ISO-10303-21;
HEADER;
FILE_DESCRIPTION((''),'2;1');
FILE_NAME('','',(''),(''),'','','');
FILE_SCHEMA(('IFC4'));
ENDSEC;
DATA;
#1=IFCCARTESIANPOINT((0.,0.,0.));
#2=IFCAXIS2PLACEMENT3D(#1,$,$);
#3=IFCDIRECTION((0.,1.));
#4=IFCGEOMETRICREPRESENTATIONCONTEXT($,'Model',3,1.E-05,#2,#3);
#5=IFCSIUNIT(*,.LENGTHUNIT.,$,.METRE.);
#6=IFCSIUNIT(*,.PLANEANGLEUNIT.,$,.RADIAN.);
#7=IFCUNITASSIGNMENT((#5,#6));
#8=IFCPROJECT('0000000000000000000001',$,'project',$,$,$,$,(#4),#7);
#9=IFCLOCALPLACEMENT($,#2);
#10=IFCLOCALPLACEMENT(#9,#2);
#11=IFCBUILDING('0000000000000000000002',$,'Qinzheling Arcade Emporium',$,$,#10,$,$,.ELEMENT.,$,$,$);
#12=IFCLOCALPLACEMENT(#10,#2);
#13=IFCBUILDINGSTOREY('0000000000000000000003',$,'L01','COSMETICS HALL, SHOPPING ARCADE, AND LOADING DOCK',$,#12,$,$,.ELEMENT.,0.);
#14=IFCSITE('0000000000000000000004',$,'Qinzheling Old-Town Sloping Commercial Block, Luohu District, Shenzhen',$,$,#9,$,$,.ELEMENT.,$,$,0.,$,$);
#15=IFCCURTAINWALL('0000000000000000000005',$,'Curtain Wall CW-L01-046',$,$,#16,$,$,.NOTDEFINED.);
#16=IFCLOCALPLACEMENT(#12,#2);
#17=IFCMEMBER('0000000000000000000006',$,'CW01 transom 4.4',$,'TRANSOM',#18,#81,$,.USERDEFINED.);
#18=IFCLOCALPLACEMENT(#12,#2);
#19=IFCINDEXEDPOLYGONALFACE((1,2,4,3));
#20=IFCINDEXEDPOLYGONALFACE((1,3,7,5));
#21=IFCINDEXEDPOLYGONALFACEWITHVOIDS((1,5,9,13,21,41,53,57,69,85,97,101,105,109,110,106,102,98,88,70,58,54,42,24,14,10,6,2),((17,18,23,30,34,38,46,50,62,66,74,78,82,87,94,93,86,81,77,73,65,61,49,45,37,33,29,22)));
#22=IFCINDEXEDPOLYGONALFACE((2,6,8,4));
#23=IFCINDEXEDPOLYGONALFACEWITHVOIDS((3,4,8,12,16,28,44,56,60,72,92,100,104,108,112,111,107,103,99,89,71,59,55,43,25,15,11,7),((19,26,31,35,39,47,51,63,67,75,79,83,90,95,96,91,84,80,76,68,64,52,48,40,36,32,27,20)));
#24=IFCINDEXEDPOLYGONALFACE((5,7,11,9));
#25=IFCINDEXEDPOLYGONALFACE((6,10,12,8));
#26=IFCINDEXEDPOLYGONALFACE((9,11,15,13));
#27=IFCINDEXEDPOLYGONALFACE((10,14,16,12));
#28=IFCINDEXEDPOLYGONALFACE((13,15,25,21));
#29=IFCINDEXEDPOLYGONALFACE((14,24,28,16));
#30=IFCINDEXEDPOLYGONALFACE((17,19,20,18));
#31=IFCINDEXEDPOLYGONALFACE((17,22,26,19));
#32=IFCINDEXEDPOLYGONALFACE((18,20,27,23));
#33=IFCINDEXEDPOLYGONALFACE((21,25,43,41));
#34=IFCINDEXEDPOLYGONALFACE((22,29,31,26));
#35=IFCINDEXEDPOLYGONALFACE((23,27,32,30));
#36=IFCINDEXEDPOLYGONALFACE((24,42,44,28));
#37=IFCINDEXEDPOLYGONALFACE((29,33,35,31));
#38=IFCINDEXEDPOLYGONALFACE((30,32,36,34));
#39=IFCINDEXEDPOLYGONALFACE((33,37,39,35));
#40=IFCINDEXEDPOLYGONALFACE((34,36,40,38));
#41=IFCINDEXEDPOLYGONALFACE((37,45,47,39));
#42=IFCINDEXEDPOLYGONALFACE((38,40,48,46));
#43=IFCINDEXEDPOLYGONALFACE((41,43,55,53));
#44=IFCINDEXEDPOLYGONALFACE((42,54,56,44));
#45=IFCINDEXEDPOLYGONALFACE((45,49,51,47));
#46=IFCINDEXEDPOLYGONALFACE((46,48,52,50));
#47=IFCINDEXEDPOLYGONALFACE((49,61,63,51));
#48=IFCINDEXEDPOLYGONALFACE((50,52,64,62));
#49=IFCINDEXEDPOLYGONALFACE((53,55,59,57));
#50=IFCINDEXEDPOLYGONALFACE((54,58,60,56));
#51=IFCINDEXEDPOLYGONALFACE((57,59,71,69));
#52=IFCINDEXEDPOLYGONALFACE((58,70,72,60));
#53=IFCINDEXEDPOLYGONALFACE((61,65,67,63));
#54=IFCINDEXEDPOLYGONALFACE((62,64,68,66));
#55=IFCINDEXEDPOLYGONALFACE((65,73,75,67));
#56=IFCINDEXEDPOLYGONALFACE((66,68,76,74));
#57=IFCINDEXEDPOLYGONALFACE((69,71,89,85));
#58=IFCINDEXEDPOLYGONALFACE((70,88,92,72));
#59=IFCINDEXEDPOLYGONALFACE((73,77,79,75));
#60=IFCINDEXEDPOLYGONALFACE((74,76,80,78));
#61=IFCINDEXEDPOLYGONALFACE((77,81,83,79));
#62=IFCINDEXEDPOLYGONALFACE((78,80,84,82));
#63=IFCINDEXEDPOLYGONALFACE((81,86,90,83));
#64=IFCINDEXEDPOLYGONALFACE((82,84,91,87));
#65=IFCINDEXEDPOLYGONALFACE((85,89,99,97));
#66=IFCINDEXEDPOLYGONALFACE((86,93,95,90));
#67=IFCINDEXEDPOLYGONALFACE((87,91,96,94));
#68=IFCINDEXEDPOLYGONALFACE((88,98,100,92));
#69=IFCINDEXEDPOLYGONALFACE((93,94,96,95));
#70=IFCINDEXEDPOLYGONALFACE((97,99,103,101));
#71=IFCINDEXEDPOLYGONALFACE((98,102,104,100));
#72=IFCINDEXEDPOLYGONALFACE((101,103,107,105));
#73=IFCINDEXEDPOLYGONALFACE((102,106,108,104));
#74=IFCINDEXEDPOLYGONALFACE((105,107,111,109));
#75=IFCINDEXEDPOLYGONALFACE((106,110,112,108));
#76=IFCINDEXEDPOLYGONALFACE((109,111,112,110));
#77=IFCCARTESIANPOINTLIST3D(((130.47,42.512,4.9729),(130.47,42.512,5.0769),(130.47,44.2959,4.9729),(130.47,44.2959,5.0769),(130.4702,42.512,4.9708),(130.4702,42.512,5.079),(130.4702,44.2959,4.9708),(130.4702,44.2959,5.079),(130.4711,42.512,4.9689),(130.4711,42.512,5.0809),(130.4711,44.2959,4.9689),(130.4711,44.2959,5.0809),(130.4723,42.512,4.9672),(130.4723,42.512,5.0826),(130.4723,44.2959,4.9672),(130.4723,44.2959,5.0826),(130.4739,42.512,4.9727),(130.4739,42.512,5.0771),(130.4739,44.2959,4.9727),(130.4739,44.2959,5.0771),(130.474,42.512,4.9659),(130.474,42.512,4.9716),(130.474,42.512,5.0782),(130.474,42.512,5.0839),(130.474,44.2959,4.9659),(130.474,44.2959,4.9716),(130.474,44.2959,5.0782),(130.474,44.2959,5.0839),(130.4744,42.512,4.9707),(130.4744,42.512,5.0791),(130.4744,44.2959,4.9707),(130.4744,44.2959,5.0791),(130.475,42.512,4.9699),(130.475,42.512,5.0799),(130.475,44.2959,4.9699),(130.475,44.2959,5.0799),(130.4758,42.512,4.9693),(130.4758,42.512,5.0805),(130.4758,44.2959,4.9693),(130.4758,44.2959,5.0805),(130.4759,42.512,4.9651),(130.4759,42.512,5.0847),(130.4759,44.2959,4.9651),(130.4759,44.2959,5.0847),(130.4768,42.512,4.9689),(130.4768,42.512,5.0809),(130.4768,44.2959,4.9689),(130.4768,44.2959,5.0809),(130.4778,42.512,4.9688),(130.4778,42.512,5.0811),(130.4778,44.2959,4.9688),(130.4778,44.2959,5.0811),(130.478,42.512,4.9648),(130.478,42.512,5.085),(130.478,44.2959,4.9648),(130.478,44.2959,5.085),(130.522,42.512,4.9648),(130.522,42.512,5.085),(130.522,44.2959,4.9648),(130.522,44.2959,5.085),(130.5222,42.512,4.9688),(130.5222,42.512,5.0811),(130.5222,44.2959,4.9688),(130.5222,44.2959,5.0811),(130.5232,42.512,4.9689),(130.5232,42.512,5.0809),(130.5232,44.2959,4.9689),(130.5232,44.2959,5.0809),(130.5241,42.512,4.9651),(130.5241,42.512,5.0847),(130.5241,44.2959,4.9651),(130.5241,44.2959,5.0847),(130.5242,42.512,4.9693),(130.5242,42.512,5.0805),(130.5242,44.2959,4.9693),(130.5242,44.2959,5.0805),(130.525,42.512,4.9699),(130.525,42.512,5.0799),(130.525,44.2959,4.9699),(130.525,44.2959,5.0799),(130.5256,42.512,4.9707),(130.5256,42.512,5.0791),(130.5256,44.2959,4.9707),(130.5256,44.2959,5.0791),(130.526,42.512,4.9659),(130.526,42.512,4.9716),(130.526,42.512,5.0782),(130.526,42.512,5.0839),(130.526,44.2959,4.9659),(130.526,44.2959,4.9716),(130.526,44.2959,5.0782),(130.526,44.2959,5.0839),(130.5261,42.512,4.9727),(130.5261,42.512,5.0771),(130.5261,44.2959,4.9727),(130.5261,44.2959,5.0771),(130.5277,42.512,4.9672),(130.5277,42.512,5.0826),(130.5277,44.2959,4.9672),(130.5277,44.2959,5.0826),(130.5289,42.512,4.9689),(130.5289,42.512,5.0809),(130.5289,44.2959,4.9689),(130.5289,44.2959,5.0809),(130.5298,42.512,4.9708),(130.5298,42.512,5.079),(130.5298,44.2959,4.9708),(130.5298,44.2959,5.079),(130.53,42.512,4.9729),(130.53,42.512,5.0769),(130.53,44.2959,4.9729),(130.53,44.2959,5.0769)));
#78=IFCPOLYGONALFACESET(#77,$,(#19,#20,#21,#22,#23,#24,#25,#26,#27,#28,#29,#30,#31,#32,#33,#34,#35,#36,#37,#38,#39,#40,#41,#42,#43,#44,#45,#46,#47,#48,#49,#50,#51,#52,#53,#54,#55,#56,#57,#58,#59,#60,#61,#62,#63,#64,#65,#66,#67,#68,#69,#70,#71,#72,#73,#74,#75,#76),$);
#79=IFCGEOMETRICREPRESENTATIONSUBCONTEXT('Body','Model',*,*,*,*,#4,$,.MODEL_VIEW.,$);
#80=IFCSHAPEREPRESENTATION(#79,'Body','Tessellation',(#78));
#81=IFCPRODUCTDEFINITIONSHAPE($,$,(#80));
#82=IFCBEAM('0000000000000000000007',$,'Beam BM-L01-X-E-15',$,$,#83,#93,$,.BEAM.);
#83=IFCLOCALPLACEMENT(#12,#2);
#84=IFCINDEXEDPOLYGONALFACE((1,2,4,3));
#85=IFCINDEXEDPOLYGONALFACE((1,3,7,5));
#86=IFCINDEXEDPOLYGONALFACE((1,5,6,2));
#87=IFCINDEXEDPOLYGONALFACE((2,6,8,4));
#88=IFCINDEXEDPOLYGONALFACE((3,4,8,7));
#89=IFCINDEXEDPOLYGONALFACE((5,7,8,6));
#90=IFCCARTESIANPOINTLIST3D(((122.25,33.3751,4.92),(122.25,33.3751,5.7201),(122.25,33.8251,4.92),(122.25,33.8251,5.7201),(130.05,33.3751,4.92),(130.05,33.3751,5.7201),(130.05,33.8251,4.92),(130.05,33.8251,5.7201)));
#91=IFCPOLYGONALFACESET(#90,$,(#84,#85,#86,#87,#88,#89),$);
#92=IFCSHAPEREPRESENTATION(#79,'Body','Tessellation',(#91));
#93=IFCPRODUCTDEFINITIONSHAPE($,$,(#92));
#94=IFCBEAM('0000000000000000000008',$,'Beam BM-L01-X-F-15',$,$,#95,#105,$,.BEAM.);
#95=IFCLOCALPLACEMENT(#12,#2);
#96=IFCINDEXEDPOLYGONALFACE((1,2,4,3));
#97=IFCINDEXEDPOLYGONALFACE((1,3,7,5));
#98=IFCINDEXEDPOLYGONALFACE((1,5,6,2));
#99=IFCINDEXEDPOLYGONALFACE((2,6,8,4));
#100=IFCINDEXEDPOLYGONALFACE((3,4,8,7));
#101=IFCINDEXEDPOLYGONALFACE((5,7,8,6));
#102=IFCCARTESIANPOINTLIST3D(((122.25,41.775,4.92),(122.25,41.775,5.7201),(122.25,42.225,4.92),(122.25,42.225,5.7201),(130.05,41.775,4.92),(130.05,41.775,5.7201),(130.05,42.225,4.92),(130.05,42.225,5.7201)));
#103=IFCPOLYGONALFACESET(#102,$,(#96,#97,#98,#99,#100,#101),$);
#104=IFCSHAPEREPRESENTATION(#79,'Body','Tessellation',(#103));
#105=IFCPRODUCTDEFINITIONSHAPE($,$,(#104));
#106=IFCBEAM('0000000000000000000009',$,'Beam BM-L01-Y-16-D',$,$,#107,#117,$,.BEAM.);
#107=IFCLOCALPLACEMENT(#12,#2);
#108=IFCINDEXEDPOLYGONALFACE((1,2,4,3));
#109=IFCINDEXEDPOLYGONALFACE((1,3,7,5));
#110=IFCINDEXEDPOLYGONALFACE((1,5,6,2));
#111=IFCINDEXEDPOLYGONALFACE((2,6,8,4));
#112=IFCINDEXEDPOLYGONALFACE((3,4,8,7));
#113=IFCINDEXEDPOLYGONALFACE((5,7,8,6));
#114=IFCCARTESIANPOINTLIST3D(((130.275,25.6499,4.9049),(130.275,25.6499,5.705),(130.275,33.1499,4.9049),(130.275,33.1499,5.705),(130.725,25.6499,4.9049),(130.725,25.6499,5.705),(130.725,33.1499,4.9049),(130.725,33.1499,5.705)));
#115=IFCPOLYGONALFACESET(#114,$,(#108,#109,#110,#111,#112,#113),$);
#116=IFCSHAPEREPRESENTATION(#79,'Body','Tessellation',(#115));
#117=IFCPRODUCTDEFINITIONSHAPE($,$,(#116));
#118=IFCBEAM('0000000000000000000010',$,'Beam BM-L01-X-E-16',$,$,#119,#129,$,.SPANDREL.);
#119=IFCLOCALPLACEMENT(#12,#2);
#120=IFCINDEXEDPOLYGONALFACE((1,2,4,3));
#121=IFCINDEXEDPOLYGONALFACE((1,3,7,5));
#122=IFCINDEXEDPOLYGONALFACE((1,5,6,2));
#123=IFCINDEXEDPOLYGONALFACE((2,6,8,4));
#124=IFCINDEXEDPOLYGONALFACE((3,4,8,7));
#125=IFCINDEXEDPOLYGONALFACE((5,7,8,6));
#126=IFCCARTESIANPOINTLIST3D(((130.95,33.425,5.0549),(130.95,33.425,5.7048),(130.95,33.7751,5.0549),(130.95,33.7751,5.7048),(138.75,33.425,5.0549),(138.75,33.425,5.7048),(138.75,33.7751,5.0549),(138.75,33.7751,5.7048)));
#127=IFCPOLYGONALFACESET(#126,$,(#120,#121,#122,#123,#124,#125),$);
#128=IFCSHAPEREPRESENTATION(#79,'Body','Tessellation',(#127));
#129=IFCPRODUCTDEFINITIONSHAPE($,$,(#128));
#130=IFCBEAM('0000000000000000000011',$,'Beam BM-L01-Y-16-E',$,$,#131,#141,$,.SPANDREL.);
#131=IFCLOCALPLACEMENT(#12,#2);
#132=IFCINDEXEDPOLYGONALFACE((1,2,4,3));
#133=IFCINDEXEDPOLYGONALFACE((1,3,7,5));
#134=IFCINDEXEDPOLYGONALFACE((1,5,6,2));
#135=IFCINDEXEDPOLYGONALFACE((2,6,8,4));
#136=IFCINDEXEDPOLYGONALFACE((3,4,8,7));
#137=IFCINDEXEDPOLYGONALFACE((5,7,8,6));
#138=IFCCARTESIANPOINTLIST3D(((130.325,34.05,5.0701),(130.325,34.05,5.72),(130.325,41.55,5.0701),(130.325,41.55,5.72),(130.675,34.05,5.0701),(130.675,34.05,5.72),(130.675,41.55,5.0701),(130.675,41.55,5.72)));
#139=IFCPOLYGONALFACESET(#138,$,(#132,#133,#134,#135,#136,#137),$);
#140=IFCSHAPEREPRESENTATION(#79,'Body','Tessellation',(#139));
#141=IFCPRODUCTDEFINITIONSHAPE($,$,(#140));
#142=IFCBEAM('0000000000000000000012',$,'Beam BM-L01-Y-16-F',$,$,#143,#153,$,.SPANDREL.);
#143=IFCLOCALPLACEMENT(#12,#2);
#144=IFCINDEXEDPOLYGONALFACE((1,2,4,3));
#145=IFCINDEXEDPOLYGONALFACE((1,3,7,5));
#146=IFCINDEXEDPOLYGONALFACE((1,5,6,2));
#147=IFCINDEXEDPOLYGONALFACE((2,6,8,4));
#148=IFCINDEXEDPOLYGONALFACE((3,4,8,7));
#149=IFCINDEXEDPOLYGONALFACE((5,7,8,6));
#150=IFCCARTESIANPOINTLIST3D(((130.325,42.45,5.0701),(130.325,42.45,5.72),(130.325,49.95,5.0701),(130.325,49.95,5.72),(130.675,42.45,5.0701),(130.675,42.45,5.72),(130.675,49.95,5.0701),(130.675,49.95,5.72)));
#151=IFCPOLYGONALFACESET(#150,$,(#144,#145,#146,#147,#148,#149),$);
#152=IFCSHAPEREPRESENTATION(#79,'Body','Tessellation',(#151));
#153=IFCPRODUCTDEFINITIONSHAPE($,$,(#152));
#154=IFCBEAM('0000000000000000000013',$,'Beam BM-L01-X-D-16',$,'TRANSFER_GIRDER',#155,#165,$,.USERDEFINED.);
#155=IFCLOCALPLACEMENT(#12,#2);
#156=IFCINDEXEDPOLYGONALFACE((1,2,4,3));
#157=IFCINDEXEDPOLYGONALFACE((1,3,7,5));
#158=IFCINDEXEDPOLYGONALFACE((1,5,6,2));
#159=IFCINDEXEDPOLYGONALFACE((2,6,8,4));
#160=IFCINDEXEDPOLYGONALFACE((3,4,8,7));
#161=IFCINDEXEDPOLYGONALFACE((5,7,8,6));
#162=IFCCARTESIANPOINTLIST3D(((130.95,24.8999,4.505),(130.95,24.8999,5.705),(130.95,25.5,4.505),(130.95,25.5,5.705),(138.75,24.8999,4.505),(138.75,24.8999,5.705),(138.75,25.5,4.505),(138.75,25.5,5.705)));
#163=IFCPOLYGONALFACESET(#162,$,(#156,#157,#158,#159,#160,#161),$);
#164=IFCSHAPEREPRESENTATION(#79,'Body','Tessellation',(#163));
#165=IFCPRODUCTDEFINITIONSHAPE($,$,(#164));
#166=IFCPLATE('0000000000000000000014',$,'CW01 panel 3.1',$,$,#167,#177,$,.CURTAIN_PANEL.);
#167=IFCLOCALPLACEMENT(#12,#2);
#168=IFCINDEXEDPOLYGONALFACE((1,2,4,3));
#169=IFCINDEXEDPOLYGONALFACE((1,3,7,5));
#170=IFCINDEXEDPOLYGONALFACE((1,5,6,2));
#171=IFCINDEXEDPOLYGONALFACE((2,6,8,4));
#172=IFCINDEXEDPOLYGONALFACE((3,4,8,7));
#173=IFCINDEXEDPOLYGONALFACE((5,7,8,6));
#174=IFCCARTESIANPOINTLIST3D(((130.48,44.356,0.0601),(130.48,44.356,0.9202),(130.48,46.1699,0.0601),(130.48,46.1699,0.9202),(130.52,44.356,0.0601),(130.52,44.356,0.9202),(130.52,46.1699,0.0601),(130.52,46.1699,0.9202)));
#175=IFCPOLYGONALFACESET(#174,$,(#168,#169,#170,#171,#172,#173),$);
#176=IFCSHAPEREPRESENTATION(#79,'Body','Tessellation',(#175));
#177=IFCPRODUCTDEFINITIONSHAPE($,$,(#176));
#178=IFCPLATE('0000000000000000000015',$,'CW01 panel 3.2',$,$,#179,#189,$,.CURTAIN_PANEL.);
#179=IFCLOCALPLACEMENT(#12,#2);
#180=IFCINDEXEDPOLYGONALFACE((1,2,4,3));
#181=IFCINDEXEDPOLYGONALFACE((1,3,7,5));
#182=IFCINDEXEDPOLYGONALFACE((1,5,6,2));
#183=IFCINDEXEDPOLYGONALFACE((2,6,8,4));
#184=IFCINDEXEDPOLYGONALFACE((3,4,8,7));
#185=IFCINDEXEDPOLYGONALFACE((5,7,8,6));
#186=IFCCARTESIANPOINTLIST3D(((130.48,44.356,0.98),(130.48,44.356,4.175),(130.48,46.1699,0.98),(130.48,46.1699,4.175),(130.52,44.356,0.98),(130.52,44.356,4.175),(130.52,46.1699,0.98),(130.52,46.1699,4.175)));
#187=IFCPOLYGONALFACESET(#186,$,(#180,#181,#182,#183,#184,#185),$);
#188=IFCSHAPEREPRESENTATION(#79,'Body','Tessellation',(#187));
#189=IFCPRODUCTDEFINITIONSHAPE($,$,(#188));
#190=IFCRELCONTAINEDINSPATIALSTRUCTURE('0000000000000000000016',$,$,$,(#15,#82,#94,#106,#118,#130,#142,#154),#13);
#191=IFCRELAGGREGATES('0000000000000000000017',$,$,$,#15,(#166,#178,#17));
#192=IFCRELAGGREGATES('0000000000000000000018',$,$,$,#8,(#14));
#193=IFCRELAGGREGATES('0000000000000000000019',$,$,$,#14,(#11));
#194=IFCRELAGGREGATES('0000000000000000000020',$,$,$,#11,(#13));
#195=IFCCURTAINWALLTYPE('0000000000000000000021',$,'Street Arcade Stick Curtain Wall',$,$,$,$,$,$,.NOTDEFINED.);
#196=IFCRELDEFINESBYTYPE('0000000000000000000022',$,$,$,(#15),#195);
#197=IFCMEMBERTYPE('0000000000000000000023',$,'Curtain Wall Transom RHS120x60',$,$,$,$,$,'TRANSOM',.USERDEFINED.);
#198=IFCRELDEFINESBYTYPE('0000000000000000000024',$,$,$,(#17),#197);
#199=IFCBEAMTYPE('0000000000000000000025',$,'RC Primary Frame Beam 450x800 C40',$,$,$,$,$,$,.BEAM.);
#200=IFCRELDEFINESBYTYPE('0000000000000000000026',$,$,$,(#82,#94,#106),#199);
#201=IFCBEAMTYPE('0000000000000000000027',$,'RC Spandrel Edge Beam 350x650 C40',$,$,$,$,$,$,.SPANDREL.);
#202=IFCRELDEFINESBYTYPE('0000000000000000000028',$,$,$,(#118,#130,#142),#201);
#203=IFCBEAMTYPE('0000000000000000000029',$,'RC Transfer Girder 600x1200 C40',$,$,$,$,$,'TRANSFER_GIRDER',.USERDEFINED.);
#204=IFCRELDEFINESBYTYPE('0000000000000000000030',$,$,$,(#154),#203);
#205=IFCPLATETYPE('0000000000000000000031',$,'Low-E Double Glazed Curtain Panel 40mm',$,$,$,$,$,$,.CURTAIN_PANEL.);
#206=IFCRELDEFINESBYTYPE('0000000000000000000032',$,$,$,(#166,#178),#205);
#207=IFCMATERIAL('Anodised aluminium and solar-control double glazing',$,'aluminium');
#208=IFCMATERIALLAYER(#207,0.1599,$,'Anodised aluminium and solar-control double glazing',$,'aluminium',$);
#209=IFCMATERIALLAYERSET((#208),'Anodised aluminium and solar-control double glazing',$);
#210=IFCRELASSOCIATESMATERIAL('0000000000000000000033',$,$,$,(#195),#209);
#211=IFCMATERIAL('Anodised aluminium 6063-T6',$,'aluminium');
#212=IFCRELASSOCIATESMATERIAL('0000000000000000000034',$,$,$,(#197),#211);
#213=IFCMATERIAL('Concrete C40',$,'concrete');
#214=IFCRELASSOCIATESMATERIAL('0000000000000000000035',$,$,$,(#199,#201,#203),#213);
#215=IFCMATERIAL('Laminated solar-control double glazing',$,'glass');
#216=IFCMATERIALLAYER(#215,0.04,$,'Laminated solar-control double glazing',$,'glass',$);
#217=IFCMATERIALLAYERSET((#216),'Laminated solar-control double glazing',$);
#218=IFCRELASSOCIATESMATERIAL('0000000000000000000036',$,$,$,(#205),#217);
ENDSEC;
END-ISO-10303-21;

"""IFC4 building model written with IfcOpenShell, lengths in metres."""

from ifc_helpers import new_model, si_unit, direction, frame, origin, origin_2d, place, context, subcontext, project, spatial, rectangle, hollow_rectangle, extrude, material, layer, layer_set, material_profile, profile_set, type_object, element, aggregate, save


model = new_model("IFC4")

# Units and contexts
model_context = context("Model", 3, precision=1e-05, world=origin(), true_north=direction((0.0, 1.0)))
body_context = subcontext(model_context, "Body", "Model", "MODEL_VIEW")
ifc_project = project(units=[si_unit("LENGTHUNIT", "METRE"), si_unit("PLANEANGLEUNIT", "RADIAN")], contexts=[model_context])

# Site, building, storey
site_placement = place(None, origin())
site = spatial("IfcSite", under=ifc_project, at=site_placement, Name="Qinzheling Old-Town Sloping Commercial Block, Luohu District, Shenzhen", CompositionType="ELEMENT", RefElevation=0.0)
building_placement = place(site_placement, origin())
building = spatial("IfcBuilding", under=site, at=building_placement, Name="Qinzheling Arcade Emporium", CompositionType="ELEMENT")
storey_placement = place(building_placement, origin())
storey = spatial("IfcBuildingStorey", under=building, at=storey_placement, Name="L01", Description="COSMETICS HALL, SHOPPING ARCADE, AND LOADING DOCK", CompositionType="ELEMENT", Elevation=0.0)

# Curtain wall, member
ifc_material_1 = material(Name="Anodised aluminium and solar-control double glazing", Category="aluminium")
ifc_layer_1 = layer(ifc_material_1, 0.1599, Name="Anodised aluminium and solar-control double glazing", Category="aluminium")
ifc_layer_set_1 = layer_set([ifc_layer_1], Name="Anodised aluminium and solar-control double glazing")
curtain_wall_type = type_object("IfcCurtainWallType", Name="Street Arcade Stick Curtain Wall", PredefinedType="NOTDEFINED", material=ifc_layer_set_1)
curtain_wall_placement = place(storey_placement, origin())
curtain_wall = element("IfcCurtainWall", 1, at=curtain_wall_placement, inside=storey, type_object=curtain_wall_type, Name="Curtain Wall CW-L01-046", PredefinedType="NOTDEFINED")
ifc_material_2 = material(Name="Anodised aluminium 6063-T6", Category="aluminium")
ifc_material_profile_1 = material_profile(ifc_material_2, hollow_rectangle(XDim=0.0601, YDim=0.1201, WallThickness=0.0039, InnerFilletRadius=0.0039, OuterFilletRadius=0.0081, at=origin_2d()), Name="RHS 120x60x4", Category="aluminium")
ifc_profile_set_1 = profile_set([ifc_material_profile_1], Name="Anodised aluminium 6063-T6")
member_type_1 = type_object("IfcMemberType", Name="Curtain Wall Transom RHS120x60", ElementType="TRANSOM", PredefinedType="USERDEFINED", material=ifc_profile_set_1)
member_1_placement = place(storey_placement, frame((130.5, 44.2959, 5.0249), z_axis=(0.0, -1.0, 0.0), x_axis=(1.0, 0.0, 0.0)))
member_1 = element("IfcMember", 2, at=member_1_placement, type_object=member_type_1, Name="CW01 transom 4.4", ObjectType="TRANSOM", PredefinedType="USERDEFINED", context=body_context, shape_type="SweptSolid", body=[
    extrude(hollow_rectangle(XDim=0.0601, YDim=0.1201, WallThickness=0.0039, InnerFilletRadius=0.0039, OuterFilletRadius=0.0081, at=origin_2d()), origin(), (0.0, 0.0, 1.0), 1.7839),
])

# Beams
ifc_material_3 = material(Name="Concrete C40", Category="concrete")
ifc_material_profile_2 = material_profile(ifc_material_3, rectangle(XDim=0.45, YDim=0.8, at=origin_2d()), Name="RC 450x800", Category="concrete")
ifc_profile_set_2 = profile_set([ifc_material_profile_2], Name="Concrete C40")
beam_type_1 = type_object("IfcBeamType", Name="RC Primary Frame Beam 450x800 C40", PredefinedType="BEAM", material=ifc_profile_set_2)
for number, where, z_axis, x_axis, name in (
    (3, (122.25, 33.6001, 5.3201), (1.0, 0.0, 0.0), (0.0, 1.0, 0.0), "Beam BM-L01-X-E-15"),
    (4, (122.25, 42.0, 5.3201), (1.0, 0.0, 0.0), (0.0, 1.0, 0.0), "Beam BM-L01-X-F-15"),
):
    element("IfcBeam", number, at=place(storey_placement, frame(where, z_axis=z_axis, x_axis=x_axis)), inside=storey, type_object=beam_type_1, Name=name, PredefinedType="BEAM", context=body_context, shape_type="SweptSolid", body=[
        extrude(rectangle(XDim=0.45, YDim=0.8, at=origin_2d()), origin(), (0.0, 0.0, 1.0), 7.8),
    ])
beam_1_placement = place(storey_placement, frame((130.5, 25.6499, 5.3049), z_axis=(0.0, 1.0, 0.0), x_axis=(-1.0, 0.0, 0.0)))
element("IfcBeam", 5, at=beam_1_placement, inside=storey, type_object=beam_type_1, Name="Beam BM-L01-Y-16-D", PredefinedType="BEAM", context=body_context, shape_type="SweptSolid", body=[
    extrude(rectangle(XDim=0.45, YDim=0.8, at=origin_2d()), origin(), (0.0, 0.0, 1.0), 7.5),
])
ifc_material_profile_3 = material_profile(ifc_material_3, rectangle(XDim=0.3501, YDim=0.6499, at=origin_2d()), Name="RC 350x650", Category="concrete")
ifc_profile_set_3 = profile_set([ifc_material_profile_3], Name="Concrete C40")
beam_type_2 = type_object("IfcBeamType", Name="RC Spandrel Edge Beam 350x650 C40", PredefinedType="SPANDREL", material=ifc_profile_set_3)
beam_2_placement = place(storey_placement, frame((130.95, 33.6001, 5.3799), z_axis=(1.0, 0.0, 0.0), x_axis=(0.0, 1.0, 0.0)))
element("IfcBeam", 6, at=beam_2_placement, inside=storey, type_object=beam_type_2, Name="Beam BM-L01-X-E-16", PredefinedType="SPANDREL", context=body_context, shape_type="SweptSolid", body=[
    extrude(rectangle(XDim=0.3501, YDim=0.6499, at=origin_2d()), origin(), (0.0, 0.0, 1.0), 7.8),
])
for number, where, z_axis, x_axis, name in (
    (7, (130.5, 34.05, 5.395), (0.0, 1.0, 0.0), (-1.0, 0.0, 0.0), "Beam BM-L01-Y-16-E"),
    (8, (130.5, 42.45, 5.395), (0.0, 1.0, 0.0), (-1.0, 0.0, 0.0), "Beam BM-L01-Y-16-F"),
):
    element("IfcBeam", number, at=place(storey_placement, frame(where, z_axis=z_axis, x_axis=x_axis)), inside=storey, type_object=beam_type_2, Name=name, PredefinedType="SPANDREL", context=body_context, shape_type="SweptSolid", body=[
        extrude(rectangle(XDim=0.3501, YDim=0.6499, at=origin_2d()), origin(), (0.0, 0.0, 1.0), 7.5),
    ])
ifc_material_profile_4 = material_profile(ifc_material_3, rectangle(XDim=0.6001, YDim=1.2, at=origin_2d()), Name="RC 600x1200", Category="concrete")
ifc_profile_set_4 = profile_set([ifc_material_profile_4], Name="Concrete C40")
beam_type_3 = type_object("IfcBeamType", Name="RC Transfer Girder 600x1200 C40", ElementType="TRANSFER_GIRDER", PredefinedType="USERDEFINED", material=ifc_profile_set_4)
beam_3_placement = place(storey_placement, frame((130.95, 25.2, 5.105), z_axis=(1.0, 0.0, 0.0), x_axis=(0.0, 1.0, 0.0)))
element("IfcBeam", 9, at=beam_3_placement, inside=storey, type_object=beam_type_3, Name="Beam BM-L01-X-D-16", ObjectType="TRANSFER_GIRDER", PredefinedType="USERDEFINED", context=body_context, shape_type="SweptSolid", body=[
    extrude(rectangle(XDim=0.6001, YDim=1.2, at=origin_2d()), origin(), (0.0, 0.0, 1.0), 7.8),
])

# Plates
ifc_material_4 = material(Name="Laminated solar-control double glazing", Category="glass")
ifc_layer_2 = layer(ifc_material_4, 0.04, Name="Laminated solar-control double glazing", Category="glass")
ifc_layer_set_2 = layer_set([ifc_layer_2], Name="Laminated solar-control double glazing")
plate_type = type_object("IfcPlateType", Name="Low-E Double Glazed Curtain Panel 40mm", PredefinedType="CURTAIN_PANEL", material=ifc_layer_set_2)
plate_1_placement = place(storey_placement, frame((130.5, 45.2629, 0.0601), z_axis=(0.0, 0.0, 1.0), x_axis=(0.0, -1.0, 0.0)))
plate_1 = element("IfcPlate", 10, at=plate_1_placement, type_object=plate_type, Name="CW01 panel 3.1", PredefinedType="CURTAIN_PANEL", context=body_context, shape_type="SweptSolid", body=[
    extrude(rectangle(XDim=1.814, YDim=0.04, at=origin_2d()), origin(), (0.0, 0.0, 1.0), 0.8601),
])
plate_2_placement = place(storey_placement, frame((130.5, 45.2629, 0.98), z_axis=(0.0, 0.0, 1.0), x_axis=(0.0, -1.0, 0.0)))
plate_2 = element("IfcPlate", 11, at=plate_2_placement, type_object=plate_type, Name="CW01 panel 3.2", PredefinedType="CURTAIN_PANEL", context=body_context, shape_type="SweptSolid", body=[
    extrude(rectangle(XDim=1.814, YDim=0.04, at=origin_2d()), origin(), (0.0, 0.0, 1.0), 3.1951),
])
aggregate(curtain_wall, [plate_1, plate_2, member_1])

save(model, "model.ifc")
